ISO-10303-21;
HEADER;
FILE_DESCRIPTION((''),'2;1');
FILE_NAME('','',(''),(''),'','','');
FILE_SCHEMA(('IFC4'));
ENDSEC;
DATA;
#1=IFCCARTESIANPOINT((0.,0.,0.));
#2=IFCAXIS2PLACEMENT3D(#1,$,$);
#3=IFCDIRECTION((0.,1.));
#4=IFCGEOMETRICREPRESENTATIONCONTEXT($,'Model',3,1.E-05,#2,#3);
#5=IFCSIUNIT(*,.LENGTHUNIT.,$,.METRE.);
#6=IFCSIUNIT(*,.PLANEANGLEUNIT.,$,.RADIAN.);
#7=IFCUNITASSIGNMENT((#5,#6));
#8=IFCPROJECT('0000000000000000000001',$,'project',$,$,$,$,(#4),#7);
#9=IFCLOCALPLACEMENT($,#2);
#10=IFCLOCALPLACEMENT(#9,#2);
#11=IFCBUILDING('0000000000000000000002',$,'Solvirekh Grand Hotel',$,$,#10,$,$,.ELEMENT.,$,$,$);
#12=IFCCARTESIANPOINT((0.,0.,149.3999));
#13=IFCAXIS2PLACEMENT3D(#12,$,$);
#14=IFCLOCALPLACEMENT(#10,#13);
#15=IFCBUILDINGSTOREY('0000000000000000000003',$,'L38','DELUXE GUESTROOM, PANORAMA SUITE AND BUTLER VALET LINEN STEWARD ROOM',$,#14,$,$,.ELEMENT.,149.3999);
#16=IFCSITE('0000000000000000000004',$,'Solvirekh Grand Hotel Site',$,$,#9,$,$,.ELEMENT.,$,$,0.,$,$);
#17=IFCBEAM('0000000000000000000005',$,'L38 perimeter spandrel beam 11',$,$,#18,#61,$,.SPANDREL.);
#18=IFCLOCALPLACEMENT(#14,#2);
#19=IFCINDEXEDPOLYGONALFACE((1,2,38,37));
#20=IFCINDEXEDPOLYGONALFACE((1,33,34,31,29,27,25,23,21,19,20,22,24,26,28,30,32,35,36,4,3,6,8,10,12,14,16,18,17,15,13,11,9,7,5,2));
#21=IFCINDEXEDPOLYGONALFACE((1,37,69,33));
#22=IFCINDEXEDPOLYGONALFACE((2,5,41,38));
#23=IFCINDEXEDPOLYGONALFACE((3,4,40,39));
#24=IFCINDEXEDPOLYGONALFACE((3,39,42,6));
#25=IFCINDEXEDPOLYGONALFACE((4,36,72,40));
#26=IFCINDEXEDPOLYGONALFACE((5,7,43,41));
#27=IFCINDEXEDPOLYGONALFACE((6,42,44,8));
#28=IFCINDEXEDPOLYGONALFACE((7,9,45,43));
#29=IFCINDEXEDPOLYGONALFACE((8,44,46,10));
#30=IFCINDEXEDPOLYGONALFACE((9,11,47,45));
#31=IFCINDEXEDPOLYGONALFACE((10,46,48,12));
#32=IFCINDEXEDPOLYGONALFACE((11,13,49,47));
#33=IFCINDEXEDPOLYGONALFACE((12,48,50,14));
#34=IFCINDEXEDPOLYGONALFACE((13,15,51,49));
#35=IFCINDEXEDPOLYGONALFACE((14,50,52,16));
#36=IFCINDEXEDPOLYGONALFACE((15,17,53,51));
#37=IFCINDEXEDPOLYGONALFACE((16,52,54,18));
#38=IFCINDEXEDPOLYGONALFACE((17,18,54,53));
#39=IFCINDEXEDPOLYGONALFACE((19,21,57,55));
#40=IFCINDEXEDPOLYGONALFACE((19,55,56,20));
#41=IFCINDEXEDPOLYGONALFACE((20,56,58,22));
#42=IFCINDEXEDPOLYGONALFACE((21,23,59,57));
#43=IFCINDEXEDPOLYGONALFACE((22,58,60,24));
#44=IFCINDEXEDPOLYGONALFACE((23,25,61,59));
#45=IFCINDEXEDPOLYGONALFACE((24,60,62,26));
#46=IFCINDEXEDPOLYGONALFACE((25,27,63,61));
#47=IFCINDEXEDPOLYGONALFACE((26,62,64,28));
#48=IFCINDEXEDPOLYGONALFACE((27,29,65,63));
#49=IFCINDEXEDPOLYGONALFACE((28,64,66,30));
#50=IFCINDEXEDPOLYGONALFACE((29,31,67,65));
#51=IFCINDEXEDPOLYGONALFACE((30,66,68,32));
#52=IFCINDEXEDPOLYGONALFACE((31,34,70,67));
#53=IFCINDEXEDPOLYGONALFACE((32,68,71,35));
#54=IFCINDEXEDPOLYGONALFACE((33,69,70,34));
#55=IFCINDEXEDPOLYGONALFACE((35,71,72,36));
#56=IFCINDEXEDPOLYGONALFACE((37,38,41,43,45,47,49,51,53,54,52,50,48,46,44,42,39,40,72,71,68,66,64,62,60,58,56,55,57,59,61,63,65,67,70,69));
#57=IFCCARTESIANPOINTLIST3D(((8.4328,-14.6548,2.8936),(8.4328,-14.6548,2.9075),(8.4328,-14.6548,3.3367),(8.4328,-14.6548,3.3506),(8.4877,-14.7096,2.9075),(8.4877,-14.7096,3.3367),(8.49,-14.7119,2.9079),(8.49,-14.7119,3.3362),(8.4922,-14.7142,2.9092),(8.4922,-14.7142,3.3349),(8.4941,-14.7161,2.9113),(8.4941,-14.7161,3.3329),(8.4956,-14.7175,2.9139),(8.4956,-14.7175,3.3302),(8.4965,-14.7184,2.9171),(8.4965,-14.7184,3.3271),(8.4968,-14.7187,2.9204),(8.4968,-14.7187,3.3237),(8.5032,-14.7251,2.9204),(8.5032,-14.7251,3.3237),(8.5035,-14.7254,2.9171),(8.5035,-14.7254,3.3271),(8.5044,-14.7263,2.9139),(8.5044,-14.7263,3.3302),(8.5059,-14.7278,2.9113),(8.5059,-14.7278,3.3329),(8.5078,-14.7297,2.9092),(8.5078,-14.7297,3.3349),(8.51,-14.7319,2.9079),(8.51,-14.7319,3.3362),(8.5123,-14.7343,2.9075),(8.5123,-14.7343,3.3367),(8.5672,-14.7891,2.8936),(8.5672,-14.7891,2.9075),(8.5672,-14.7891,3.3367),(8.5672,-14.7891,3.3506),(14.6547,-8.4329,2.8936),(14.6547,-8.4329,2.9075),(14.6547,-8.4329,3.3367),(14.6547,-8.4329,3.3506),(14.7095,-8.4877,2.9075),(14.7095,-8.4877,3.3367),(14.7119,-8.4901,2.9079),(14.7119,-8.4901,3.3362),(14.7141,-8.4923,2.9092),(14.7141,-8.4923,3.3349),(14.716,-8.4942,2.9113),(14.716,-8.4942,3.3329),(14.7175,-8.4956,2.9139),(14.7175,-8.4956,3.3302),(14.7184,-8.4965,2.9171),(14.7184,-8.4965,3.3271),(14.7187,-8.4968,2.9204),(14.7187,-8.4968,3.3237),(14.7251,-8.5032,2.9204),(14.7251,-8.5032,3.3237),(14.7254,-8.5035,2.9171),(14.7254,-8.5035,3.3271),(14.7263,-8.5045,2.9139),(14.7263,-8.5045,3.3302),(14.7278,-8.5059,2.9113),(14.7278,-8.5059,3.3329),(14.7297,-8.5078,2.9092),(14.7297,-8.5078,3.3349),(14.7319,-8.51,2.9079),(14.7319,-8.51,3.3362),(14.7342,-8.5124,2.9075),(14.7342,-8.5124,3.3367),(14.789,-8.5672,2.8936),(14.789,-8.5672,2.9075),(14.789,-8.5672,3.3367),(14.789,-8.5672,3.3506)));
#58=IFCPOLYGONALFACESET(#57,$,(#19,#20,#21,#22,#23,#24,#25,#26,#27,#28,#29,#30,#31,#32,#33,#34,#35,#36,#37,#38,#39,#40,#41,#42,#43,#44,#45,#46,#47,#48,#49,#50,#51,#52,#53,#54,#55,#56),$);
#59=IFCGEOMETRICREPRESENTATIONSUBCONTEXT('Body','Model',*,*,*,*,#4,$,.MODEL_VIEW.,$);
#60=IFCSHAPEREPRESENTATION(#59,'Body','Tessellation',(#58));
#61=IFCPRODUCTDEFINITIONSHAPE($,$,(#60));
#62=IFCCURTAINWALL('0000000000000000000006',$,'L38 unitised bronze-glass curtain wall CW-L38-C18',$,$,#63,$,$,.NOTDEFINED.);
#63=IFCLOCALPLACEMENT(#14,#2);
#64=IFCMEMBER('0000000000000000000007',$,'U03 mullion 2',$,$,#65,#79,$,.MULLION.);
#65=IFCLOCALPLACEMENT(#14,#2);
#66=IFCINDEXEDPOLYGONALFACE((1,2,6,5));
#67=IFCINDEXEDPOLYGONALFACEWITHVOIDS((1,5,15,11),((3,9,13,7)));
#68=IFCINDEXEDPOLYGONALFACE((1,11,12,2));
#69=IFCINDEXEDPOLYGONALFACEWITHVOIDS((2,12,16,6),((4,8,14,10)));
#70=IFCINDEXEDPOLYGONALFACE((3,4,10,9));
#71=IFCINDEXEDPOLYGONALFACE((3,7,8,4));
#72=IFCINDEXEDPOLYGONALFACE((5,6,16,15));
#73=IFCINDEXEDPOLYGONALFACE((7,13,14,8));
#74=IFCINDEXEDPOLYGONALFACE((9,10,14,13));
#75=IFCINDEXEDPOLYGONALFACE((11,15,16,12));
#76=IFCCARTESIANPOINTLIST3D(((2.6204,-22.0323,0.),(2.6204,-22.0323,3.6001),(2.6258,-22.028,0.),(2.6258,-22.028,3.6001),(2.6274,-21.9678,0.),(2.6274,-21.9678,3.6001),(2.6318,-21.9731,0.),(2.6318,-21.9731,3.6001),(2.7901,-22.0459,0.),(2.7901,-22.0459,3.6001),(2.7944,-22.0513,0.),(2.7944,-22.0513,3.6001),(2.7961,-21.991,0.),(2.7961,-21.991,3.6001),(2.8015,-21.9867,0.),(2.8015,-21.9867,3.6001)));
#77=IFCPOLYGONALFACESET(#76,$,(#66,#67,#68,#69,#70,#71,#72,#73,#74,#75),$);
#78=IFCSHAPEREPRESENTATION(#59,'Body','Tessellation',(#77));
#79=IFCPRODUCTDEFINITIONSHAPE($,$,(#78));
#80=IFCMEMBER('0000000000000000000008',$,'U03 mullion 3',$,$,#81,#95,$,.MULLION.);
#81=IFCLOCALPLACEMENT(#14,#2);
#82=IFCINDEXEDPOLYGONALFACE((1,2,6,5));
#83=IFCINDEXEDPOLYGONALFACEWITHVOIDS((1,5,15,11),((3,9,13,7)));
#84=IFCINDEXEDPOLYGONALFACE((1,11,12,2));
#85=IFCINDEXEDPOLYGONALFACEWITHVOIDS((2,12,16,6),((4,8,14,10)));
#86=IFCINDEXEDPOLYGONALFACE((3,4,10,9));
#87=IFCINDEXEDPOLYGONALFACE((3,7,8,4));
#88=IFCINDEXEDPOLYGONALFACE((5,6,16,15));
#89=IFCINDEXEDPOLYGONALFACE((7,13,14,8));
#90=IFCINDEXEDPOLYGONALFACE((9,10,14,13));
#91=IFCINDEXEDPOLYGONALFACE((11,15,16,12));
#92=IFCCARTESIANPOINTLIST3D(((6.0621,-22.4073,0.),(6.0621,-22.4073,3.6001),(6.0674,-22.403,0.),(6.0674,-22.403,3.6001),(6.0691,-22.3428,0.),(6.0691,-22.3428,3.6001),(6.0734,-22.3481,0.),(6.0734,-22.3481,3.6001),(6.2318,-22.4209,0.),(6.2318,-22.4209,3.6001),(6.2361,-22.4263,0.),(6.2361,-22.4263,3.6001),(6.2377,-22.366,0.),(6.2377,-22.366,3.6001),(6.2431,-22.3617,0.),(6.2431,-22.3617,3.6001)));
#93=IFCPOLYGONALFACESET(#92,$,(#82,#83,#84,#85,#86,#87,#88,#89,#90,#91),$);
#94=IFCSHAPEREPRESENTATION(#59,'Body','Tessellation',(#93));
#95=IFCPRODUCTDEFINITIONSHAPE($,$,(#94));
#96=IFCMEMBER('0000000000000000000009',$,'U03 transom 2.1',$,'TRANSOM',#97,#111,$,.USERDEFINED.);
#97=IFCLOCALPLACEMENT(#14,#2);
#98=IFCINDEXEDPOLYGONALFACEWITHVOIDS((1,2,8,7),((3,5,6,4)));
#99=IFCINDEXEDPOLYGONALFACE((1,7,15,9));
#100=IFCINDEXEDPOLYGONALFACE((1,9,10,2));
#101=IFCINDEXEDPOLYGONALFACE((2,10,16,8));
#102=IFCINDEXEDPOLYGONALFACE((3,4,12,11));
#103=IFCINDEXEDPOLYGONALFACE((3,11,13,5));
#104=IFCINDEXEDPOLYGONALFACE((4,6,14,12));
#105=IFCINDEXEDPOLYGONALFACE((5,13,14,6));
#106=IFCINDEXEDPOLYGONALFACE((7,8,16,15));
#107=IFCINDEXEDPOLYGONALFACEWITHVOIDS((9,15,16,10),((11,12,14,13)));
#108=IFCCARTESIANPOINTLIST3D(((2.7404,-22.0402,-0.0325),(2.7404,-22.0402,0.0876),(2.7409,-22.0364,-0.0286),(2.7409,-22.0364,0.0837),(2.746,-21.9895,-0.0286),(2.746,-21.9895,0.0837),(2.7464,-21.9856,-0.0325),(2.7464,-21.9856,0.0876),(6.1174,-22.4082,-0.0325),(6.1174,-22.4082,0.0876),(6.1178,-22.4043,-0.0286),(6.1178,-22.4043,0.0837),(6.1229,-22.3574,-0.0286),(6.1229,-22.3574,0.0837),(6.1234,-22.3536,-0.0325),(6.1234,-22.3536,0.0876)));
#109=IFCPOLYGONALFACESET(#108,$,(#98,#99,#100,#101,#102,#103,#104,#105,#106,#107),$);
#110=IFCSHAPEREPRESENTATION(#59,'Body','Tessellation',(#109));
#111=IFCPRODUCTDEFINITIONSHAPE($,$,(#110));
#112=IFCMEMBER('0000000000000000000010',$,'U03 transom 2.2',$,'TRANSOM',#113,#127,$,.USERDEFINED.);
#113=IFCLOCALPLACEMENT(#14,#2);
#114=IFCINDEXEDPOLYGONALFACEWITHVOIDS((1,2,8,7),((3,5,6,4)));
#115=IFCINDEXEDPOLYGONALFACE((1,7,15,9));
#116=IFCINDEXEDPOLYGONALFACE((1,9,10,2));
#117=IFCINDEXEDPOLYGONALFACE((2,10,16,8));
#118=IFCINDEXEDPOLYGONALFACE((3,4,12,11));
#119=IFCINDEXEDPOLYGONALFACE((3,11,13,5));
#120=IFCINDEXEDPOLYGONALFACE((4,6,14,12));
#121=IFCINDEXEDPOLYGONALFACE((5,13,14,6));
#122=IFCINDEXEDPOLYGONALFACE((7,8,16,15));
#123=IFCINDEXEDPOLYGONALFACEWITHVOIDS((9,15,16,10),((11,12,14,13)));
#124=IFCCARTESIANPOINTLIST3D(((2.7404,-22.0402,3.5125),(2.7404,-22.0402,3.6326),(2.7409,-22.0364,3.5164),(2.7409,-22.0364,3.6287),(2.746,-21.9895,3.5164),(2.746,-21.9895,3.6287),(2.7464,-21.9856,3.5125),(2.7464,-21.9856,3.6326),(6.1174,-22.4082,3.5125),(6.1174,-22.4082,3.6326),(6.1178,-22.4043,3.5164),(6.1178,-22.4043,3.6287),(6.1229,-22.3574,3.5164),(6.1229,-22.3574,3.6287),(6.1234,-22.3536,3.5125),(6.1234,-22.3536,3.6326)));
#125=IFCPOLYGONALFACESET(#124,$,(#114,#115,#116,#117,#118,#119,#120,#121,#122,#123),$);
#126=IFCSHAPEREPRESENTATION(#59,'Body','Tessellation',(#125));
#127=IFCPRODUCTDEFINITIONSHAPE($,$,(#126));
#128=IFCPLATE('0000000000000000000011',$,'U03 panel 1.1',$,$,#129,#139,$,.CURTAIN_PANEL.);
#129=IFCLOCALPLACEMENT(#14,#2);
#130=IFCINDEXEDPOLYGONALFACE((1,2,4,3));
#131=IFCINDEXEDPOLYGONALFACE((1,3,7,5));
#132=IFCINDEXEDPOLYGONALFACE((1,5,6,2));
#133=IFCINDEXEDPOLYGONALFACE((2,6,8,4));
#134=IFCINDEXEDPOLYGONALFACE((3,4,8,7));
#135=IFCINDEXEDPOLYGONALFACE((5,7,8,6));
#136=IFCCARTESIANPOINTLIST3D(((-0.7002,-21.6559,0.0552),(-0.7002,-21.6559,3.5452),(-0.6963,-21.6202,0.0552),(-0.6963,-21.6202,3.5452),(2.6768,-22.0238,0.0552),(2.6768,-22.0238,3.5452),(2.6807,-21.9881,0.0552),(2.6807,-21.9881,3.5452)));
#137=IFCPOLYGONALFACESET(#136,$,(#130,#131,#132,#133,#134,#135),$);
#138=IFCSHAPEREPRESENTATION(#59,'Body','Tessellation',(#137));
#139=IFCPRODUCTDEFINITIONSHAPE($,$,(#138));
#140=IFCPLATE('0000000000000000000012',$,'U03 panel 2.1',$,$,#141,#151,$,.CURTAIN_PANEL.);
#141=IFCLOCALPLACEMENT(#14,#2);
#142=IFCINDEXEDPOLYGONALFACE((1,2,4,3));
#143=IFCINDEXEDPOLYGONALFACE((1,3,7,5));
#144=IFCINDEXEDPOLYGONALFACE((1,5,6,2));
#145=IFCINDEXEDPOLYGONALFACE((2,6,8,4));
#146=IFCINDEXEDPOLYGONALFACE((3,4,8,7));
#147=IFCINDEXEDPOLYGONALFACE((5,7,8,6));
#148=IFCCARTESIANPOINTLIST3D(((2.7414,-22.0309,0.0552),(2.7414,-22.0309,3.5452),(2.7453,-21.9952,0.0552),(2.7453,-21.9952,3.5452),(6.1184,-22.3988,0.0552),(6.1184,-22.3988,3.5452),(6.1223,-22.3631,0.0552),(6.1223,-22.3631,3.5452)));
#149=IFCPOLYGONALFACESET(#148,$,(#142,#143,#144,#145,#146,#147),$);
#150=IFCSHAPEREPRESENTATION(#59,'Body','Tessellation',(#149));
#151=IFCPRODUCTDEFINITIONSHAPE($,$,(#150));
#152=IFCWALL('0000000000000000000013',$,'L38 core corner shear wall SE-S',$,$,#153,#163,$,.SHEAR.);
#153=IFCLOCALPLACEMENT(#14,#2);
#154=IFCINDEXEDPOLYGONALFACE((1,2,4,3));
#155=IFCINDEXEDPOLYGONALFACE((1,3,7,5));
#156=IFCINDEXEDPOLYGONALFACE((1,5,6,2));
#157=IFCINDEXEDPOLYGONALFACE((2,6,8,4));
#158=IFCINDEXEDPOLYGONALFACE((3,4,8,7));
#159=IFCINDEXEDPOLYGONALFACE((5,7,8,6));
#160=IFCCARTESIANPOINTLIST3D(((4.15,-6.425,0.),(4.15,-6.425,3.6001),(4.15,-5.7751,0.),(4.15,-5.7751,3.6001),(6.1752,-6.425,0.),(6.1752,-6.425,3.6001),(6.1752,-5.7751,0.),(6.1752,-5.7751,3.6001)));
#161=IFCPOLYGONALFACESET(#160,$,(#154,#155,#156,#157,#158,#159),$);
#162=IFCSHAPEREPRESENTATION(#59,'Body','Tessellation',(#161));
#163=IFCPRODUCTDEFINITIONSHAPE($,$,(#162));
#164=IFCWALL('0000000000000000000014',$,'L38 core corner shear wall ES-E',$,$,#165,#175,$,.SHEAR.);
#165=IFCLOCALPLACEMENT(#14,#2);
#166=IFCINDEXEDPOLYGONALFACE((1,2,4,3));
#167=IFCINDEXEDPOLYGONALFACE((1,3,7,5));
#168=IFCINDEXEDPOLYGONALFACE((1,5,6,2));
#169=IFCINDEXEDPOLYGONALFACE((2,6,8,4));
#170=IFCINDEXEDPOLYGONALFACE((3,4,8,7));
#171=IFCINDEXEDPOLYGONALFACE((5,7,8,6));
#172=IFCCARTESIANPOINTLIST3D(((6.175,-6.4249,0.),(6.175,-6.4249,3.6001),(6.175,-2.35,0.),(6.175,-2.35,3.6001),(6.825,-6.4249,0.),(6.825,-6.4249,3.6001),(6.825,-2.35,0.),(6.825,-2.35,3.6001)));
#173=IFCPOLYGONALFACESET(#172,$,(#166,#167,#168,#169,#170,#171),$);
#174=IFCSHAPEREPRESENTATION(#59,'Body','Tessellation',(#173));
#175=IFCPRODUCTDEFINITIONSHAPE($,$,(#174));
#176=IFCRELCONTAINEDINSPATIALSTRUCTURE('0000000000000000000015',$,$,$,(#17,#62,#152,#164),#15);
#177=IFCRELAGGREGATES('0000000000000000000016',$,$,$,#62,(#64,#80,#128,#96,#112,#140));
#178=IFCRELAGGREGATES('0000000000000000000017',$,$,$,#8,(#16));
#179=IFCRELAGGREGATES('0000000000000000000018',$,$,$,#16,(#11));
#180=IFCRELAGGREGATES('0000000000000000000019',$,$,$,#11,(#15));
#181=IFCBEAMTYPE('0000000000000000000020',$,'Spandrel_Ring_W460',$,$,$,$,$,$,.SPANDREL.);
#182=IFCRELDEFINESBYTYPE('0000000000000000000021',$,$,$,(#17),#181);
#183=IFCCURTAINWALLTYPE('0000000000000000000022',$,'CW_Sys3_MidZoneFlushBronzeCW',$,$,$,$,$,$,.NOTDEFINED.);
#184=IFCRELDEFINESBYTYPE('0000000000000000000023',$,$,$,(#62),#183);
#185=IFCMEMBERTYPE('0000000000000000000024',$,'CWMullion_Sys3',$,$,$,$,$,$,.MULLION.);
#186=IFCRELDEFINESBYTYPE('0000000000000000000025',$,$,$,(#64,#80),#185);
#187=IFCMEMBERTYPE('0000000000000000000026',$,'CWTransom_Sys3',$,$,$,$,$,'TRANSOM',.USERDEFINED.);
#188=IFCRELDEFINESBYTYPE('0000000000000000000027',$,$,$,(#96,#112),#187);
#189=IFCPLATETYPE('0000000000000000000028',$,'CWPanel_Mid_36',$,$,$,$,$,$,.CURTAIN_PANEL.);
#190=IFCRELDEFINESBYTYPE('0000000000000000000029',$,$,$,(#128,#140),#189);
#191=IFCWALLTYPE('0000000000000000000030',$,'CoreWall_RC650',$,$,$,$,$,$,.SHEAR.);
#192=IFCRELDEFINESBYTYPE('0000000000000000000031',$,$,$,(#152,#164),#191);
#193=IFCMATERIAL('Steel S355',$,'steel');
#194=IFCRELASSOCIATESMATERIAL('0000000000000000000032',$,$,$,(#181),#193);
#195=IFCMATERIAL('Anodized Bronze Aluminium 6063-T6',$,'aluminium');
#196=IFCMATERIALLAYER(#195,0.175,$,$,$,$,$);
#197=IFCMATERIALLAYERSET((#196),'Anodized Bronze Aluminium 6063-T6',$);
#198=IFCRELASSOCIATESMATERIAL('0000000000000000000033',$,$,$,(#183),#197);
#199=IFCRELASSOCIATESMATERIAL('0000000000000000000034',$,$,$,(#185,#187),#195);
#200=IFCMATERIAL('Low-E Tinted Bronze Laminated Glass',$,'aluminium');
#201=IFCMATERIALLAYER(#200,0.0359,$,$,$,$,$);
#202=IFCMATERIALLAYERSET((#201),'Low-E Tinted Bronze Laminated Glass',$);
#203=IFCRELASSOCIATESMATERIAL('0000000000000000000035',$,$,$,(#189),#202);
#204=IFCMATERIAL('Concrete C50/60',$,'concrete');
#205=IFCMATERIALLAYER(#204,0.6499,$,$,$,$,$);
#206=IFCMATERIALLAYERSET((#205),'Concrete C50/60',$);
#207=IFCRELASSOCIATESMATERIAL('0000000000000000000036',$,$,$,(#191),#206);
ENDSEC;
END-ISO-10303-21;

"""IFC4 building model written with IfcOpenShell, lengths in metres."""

from ifc_helpers import new_model, si_unit, direction, frame, frame_2d, origin, origin_2d, place, context, subcontext, project, spatial, rectangle, hollow_rectangle, i_section, extrude, source, transform, mapped, material, layer, layer_set, material_profile, profile_set, type_object, element, aggregate, save


model = new_model("IFC4")

# Units and contexts
model_context = context("Model", 3, precision=1e-05, world=origin(), true_north=direction((0.0, 1.0)))
body_context = subcontext(model_context, "Body", "Model", "MODEL_VIEW")
ifc_project = project(units=[si_unit("LENGTHUNIT", "METRE"), si_unit("PLANEANGLEUNIT", "RADIAN")], contexts=[model_context])

# Site, building, storey
site_placement = place(None, origin())
site = spatial("IfcSite", under=ifc_project, at=site_placement, Name="Solvirekh Grand Hotel Site", CompositionType="ELEMENT", RefElevation=0.0)
building_placement = place(site_placement, origin())
building = spatial("IfcBuilding", under=site, at=building_placement, Name="Solvirekh Grand Hotel", CompositionType="ELEMENT")
storey_placement = place(building_placement, frame((0.0, 0.0, 149.3999)))
storey = spatial("IfcBuildingStorey", under=building, at=storey_placement, Name="L38", Description="DELUXE GUESTROOM, PANORAMA SUITE AND BUTLER VALET LINEN STEWARD ROOM", CompositionType="ELEMENT", Elevation=149.3999)

# Shared definitions
ifc_material_1 = material(Name="Concrete C50/60", Category="concrete")

# Beam
ifc_material_2 = material(Name="Steel S355", Category="steel")
ifc_material_profile_1 = material_profile(ifc_material_2, i_section(OverallWidth=0.1899, OverallDepth=0.457, WebThickness=0.009, FlangeThickness=0.0139, FilletRadius=0.0129, at=origin_2d()), Name="W460X74")
ifc_profile_set_1 = profile_set([ifc_material_profile_1], Name="Steel S355")
beam_type_1 = type_object("IfcBeamType", Name="Spandrel_Ring_W460", PredefinedType="SPANDREL", material=ifc_profile_set_1)
beam_1_placement = place(storey_placement, frame((8.5, -14.7219, 3.1221), z_axis=(0.707107, 0.707107, 0.0), x_axis=(-0.707107, 0.707107, 0.0)))
element("IfcBeam", 1, at=beam_1_placement, inside=storey, type_object=beam_type_1, Name="L38 perimeter spandrel beam 11", PredefinedType="SPANDREL", context=body_context, shape_type="SweptSolid", body=[
    extrude(i_section(OverallWidth=0.1899, OverallDepth=0.457, WebThickness=0.009, FlangeThickness=0.0139, FilletRadius=0.0129, at=origin_2d()), origin(), (0.0, 0.0, 1.0), 8.7991),
])

# Curtain wall, members, plates
ifc_material_3 = material(Name="Anodized Bronze Aluminium 6063-T6", Category="aluminium")
ifc_layer_1 = layer(ifc_material_3, 0.175)
ifc_layer_set_1 = layer_set([ifc_layer_1], Name="Anodized Bronze Aluminium 6063-T6")
curtain_wall_type = type_object("IfcCurtainWallType", Name="CW_Sys3_MidZoneFlushBronzeCW", PredefinedType="NOTDEFINED", material=ifc_layer_set_1)
curtain_wall_placement = place(storey_placement, origin())
curtain_wall = element("IfcCurtainWall", 2, at=curtain_wall_placement, inside=storey, type_object=curtain_wall_type, Name="L38 unitised bronze-glass curtain wall CW-L38-C18", PredefinedType="NOTDEFINED")
ifc_material_profile_2 = material_profile(ifc_material_3, hollow_rectangle(XDim=0.0649, YDim=0.175, WallThickness=0.0049, at=origin_2d()), Name="ALU RHS 175X65X5")
ifc_profile_set_2 = profile_set([ifc_material_profile_2], Name="Anodized Bronze Aluminium 6063-T6")
member_type_1 = type_object("IfcMemberType", Name="CWMullion_Sys3", PredefinedType="MULLION", material=ifc_profile_set_2)
shared_shape_1 = source(origin(), body_context, "Body", "SweptSolid", [
    extrude(hollow_rectangle(XDim=0.0649, YDim=0.175, WallThickness=0.0049, at=origin_2d()), origin(), (0.0, 0.0, 1.0), 3.6001),
])
member_1_placement = place(storey_placement, frame((2.7109, -22.0095, 0.0), z_axis=(0.0, 0.0, 1.0), x_axis=(0.108311, 0.994117, 0.0)))
member_1 = element("IfcMember", 3, at=member_1_placement, type_object=member_type_1, Name="U03 mullion 2", PredefinedType="MULLION", context=body_context, shape_type="MappedRepresentation", body=[
    mapped(shared_shape_1, transform((0.0, 0.0, 0.0), x_axis=(1.0, 0.0, 0.0), y_axis=(0.0, 1.0, 0.0), z_axis=(0.0, 0.0, 1.0), scale=1.0)),
])
member_2_placement = place(storey_placement, frame((6.1526, -22.3845, 0.0), z_axis=(0.0, 0.0, 1.0), x_axis=(0.108311, 0.994117, 0.0)))
member_2 = element("IfcMember", 4, at=member_2_placement, type_object=member_type_1, Name="U03 mullion 3", PredefinedType="MULLION", context=body_context, shape_type="MappedRepresentation", body=[
    mapped(shared_shape_1, transform((0.0, 0.0, 0.0), x_axis=(1.0, 0.0, 0.0), y_axis=(0.0, 1.0, 0.0), z_axis=(0.0, 0.0, 1.0), scale=1.0)),
])
ifc_material_profile_3 = material_profile(ifc_material_3, hollow_rectangle(XDim=0.0549, YDim=0.1201, WallThickness=0.0039, at=origin_2d()), Name="ALU RHS 120X55X4")
ifc_profile_set_3 = profile_set([ifc_material_profile_3], Name="Anodized Bronze Aluminium 6063-T6")
member_type_2 = type_object("IfcMemberType", Name="CWTransom_Sys3", ElementType="TRANSOM", PredefinedType="USERDEFINED", material=ifc_profile_set_3)
shared_shape_2 = source(origin(), body_context, "Body", "SweptSolid", [
    extrude(hollow_rectangle(XDim=0.0549, YDim=0.1201, WallThickness=0.0039, at=origin_2d()), origin(), (0.0, 0.0, 1.0), 3.397),
])
member_3_placement = place(storey_placement, frame((2.7434, -22.0129, 0.0276), z_axis=(0.994117, -0.108309, 0.0), x_axis=(0.108309, 0.994117, 0.0)))
member_3 = element("IfcMember", 5, at=member_3_placement, type_object=member_type_2, Name="U03 transom 2.1", ObjectType="TRANSOM", PredefinedType="USERDEFINED", context=body_context, shape_type="MappedRepresentation", body=[
    mapped(shared_shape_2, transform((0.0, 0.0, 0.0), x_axis=(1.0, 0.0, 0.0), y_axis=(0.0, 1.0, 0.0), z_axis=(0.0, 0.0, 1.0), scale=1.0)),
])
member_4_placement = place(storey_placement, frame((2.7434, -22.0129, 3.5725), z_axis=(0.994117, -0.108309, 0.0), x_axis=(0.108309, 0.994117, 0.0)))
member_4 = element("IfcMember", 6, at=member_4_placement, type_object=member_type_2, Name="U03 transom 2.2", ObjectType="TRANSOM", PredefinedType="USERDEFINED", context=body_context, shape_type="MappedRepresentation", body=[
    mapped(shared_shape_2, transform((0.0, 0.0, 0.0), x_axis=(1.0, 0.0, 0.0), y_axis=(0.0, 1.0, 0.0), z_axis=(0.0, 0.0, 1.0), scale=1.0)),
])
ifc_material_4 = material(Name="Low-E Tinted Bronze Laminated Glass", Category="aluminium")
ifc_layer_2 = layer(ifc_material_4, 0.0359)
ifc_layer_set_2 = layer_set([ifc_layer_2], Name="Low-E Tinted Bronze Laminated Glass")
plate_type = type_object("IfcPlateType", Name="CWPanel_Mid_36", PredefinedType="CURTAIN_PANEL", material=ifc_layer_set_2)
shared_shape_3 = source(origin(), body_context, "Body", "SweptSolid", [
    extrude(rectangle(XDim=3.397, YDim=0.0359, at=origin_2d()), origin(), (0.0, 0.0, 1.0), 3.49),
])
plate_1_placement = place(storey_placement, frame((0.9902, -21.822, 0.0552), z_axis=(0.0, 0.0, 1.0), x_axis=(0.994117, -0.108311, 0.0)))
plate_1 = element("IfcPlate", 7, at=plate_1_placement, type_object=plate_type, Name="U03 panel 1.1", PredefinedType="CURTAIN_PANEL", context=body_context, shape_type="MappedRepresentation", body=[
    mapped(shared_shape_3, transform((0.0, 0.0, 0.0), x_axis=(1.0, 0.0, 0.0), y_axis=(0.0, 1.0, 0.0), z_axis=(0.0, 0.0, 1.0), scale=1.0)),
])
plate_2_placement = place(storey_placement, frame((4.4319, -22.197, 0.0552), z_axis=(0.0, 0.0, 1.0), x_axis=(0.994117, -0.108311, 0.0)))
plate_2 = element("IfcPlate", 8, at=plate_2_placement, type_object=plate_type, Name="U03 panel 2.1", PredefinedType="CURTAIN_PANEL", context=body_context, shape_type="MappedRepresentation", body=[
    mapped(shared_shape_3, transform((0.0, 0.0, 0.0), x_axis=(1.0, 0.0, 0.0), y_axis=(0.0, 1.0, 0.0), z_axis=(0.0, 0.0, 1.0), scale=1.0)),
])
aggregate(curtain_wall, [member_1, member_2, plate_1, member_3, member_4, plate_2])

# Walls
ifc_layer_3 = layer(ifc_material_1, 0.6499)
ifc_layer_set_3 = layer_set([ifc_layer_3], Name="Concrete C50/60")
wall_type_1 = type_object("IfcWallType", Name="CoreWall_RC650", PredefinedType="SHEAR", material=ifc_layer_set_3)
wall_1_placement = place(storey_placement, frame((4.1499, -6.1001, 0.0), z_axis=(0.0, 0.0, 1.0), x_axis=(1.0, 0.0, 0.0)))
element("IfcWall", 9, at=wall_1_placement, inside=storey, type_object=wall_type_1, Name="L38 core corner shear wall SE-S", PredefinedType="SHEAR", context=body_context, shape_type="SweptSolid", body=[
    extrude(rectangle(XDim=2.0251, YDim=0.6499, at=frame_2d((1.0127, 0.0))), origin(), (0.0, 0.0, 1.0), 3.6001),
])
wall_2_placement = place(storey_placement, frame((6.5, -6.425, 0.0), z_axis=(0.0, 0.0, 1.0), x_axis=(0.0, 1.0, 0.0)))
element("IfcWall", 10, at=wall_2_placement, inside=storey, type_object=wall_type_1, Name="L38 core corner shear wall ES-E", PredefinedType="SHEAR", context=body_context, shape_type="SweptSolid", body=[
    extrude(rectangle(XDim=4.075, YDim=0.6499, at=frame_2d((2.0376, 0.0))), origin(), (0.0, 0.0, 1.0), 3.6001),
])

save(model, "model.ifc")
